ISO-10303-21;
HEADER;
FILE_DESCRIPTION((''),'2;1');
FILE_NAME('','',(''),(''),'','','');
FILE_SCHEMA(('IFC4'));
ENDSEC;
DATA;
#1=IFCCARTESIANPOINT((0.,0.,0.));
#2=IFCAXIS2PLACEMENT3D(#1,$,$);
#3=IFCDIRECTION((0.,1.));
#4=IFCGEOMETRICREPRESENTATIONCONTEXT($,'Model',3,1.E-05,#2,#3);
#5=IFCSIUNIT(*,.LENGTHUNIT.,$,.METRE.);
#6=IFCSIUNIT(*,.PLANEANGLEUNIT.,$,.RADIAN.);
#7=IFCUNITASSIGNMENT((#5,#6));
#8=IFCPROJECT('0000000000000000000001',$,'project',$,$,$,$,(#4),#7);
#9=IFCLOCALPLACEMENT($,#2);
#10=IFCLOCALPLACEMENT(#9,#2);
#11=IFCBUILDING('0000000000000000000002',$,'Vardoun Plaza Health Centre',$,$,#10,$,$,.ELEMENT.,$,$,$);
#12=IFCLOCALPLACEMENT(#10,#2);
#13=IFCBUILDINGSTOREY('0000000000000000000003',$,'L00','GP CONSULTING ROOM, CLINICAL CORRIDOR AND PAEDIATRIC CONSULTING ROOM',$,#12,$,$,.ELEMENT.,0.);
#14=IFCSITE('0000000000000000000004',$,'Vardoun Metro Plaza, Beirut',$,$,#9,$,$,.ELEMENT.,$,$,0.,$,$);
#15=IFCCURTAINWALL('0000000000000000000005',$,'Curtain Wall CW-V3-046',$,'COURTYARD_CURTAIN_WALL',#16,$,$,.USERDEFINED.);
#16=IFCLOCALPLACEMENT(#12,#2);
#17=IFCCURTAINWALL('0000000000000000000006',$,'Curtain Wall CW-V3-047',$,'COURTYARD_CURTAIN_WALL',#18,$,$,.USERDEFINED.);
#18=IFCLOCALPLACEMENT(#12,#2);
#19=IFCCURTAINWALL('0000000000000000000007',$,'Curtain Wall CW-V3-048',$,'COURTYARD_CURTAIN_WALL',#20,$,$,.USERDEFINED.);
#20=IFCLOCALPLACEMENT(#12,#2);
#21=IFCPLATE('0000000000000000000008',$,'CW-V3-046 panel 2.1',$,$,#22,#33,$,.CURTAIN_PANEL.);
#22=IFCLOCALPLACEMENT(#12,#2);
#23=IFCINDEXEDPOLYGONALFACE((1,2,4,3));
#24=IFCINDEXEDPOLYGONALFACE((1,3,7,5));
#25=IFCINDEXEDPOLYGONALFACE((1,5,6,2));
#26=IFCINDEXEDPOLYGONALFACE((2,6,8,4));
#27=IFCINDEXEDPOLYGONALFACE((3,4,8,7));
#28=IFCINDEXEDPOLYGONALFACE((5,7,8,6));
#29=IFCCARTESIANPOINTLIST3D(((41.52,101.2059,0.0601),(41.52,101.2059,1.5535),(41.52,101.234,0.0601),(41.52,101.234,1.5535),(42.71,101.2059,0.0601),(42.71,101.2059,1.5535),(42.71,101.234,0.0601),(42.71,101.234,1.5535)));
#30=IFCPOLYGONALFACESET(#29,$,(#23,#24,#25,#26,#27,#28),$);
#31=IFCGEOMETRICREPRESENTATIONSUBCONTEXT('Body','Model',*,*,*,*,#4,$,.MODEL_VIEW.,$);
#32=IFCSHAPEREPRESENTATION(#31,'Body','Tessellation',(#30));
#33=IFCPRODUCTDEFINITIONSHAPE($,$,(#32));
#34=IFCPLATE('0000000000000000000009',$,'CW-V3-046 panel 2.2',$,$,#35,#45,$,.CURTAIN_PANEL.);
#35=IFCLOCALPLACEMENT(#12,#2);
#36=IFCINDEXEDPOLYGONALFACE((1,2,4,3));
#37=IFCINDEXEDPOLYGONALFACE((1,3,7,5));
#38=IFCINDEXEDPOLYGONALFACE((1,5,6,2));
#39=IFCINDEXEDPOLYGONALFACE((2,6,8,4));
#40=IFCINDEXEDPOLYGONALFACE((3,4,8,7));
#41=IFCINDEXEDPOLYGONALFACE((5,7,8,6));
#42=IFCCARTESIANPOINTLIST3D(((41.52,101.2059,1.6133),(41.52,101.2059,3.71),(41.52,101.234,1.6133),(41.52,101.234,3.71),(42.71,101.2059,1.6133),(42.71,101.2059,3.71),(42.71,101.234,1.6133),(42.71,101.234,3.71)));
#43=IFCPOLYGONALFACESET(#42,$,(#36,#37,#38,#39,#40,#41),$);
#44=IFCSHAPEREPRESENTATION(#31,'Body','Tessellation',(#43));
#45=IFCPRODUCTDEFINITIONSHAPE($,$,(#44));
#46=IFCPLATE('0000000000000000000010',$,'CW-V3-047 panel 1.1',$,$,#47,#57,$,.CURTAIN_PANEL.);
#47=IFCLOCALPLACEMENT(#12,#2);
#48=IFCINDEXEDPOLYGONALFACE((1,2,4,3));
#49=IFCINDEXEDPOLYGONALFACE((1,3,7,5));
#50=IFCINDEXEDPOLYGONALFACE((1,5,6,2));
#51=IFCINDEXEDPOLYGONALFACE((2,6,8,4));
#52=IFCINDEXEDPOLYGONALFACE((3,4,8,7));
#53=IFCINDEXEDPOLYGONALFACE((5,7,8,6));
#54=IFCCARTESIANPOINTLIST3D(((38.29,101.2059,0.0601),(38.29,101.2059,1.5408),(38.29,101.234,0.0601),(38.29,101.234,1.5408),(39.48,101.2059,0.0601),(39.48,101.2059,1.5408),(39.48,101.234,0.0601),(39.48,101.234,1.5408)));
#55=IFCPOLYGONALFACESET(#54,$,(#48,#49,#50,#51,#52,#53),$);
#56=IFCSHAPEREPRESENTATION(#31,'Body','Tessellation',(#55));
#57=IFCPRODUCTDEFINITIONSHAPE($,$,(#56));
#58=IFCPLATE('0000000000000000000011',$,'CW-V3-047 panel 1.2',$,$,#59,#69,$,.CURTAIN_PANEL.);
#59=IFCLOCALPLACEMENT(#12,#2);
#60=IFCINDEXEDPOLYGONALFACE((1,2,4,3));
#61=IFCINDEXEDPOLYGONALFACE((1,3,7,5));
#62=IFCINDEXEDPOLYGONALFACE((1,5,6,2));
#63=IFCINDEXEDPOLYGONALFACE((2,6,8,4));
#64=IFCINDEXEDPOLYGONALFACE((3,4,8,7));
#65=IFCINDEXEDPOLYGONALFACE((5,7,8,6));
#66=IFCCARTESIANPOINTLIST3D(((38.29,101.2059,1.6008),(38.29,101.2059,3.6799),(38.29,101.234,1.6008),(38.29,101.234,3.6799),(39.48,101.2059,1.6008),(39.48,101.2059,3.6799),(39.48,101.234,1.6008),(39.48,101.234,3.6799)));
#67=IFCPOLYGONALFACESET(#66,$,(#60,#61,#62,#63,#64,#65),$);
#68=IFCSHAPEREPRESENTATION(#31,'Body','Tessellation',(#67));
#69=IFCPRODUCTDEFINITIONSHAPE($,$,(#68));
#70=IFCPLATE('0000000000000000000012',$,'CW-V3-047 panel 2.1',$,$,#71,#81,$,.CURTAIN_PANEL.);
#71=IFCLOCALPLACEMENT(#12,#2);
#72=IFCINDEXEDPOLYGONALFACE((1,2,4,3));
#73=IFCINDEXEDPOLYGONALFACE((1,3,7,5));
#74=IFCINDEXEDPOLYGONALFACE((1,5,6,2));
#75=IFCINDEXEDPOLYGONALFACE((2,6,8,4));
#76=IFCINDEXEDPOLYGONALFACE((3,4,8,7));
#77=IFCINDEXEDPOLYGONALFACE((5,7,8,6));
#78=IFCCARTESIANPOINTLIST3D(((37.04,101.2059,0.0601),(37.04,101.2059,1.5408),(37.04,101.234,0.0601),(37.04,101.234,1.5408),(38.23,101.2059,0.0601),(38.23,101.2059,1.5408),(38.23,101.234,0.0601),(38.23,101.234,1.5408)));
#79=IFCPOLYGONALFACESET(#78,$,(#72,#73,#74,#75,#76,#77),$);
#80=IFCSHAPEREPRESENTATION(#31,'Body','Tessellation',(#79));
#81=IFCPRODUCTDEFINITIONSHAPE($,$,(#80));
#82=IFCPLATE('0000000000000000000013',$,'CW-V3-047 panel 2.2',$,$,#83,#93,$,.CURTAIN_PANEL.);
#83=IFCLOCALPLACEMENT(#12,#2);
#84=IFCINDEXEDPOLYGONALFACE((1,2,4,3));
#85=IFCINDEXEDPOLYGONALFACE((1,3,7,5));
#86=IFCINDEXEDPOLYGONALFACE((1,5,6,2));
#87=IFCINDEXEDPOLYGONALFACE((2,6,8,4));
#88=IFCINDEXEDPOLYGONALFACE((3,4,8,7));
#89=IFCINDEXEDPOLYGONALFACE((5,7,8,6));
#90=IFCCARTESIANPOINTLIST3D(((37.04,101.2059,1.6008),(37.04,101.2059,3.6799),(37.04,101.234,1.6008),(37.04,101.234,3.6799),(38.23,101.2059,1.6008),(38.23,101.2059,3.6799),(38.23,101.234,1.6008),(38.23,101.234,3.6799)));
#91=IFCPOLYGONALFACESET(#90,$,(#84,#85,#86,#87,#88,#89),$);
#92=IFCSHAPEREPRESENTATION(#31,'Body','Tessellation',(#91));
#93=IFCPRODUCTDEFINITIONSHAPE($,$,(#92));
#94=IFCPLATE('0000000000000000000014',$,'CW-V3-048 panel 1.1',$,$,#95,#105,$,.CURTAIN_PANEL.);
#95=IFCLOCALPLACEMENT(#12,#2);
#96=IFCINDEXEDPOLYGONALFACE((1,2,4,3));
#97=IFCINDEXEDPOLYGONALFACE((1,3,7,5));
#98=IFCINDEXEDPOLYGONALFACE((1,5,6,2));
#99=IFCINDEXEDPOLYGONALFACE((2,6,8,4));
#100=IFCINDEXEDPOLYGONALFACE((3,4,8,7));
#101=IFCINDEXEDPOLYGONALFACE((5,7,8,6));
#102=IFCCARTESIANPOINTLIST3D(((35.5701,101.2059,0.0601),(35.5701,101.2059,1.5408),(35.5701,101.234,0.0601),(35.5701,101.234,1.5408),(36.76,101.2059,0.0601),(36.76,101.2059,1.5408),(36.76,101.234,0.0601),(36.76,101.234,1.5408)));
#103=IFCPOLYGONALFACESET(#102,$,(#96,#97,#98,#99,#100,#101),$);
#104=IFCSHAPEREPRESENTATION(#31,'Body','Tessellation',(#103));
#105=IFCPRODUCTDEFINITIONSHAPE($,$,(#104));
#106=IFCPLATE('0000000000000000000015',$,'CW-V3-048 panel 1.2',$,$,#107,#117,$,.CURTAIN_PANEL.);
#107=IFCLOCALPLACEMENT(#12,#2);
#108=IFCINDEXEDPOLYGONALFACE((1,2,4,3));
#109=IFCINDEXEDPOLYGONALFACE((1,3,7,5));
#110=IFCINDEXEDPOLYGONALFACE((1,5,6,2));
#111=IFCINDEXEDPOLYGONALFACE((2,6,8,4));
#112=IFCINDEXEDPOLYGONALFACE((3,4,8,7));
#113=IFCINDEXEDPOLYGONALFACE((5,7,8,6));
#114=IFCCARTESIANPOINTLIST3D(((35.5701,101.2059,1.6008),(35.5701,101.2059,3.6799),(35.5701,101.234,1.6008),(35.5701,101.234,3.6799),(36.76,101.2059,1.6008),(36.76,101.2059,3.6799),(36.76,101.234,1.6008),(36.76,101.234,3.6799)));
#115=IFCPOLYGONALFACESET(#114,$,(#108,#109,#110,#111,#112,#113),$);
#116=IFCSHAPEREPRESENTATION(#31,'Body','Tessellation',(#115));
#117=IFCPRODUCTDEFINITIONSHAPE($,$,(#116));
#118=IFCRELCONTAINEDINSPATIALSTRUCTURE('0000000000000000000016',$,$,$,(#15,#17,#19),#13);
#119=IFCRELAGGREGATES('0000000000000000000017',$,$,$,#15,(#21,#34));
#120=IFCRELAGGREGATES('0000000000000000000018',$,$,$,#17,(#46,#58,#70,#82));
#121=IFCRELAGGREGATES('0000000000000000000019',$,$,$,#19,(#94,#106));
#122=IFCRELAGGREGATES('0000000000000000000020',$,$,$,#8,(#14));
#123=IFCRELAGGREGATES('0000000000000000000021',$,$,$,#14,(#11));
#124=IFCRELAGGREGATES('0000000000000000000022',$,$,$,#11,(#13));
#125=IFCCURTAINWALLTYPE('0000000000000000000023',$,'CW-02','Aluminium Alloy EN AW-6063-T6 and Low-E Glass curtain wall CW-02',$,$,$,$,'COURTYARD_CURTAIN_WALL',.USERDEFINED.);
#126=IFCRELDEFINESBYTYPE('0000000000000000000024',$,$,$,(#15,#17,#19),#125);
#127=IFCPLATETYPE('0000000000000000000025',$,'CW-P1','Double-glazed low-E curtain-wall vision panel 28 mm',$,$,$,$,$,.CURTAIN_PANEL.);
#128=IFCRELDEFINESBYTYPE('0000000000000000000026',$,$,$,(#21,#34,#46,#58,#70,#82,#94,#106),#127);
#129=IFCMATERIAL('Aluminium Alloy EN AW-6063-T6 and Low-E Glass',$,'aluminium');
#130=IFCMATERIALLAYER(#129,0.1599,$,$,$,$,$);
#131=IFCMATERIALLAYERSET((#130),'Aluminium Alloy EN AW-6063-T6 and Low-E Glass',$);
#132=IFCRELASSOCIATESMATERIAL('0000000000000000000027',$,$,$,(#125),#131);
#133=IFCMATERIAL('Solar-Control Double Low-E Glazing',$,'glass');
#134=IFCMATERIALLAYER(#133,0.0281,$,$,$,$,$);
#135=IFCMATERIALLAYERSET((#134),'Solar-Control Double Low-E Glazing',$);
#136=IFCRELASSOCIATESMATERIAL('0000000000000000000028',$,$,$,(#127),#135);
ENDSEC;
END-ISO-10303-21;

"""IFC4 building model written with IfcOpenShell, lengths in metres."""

from ifc_helpers import new_model, si_unit, direction, frame, origin, origin_2d, place, context, subcontext, project, spatial, rectangle, extrude, material, layer, layer_set, type_object, element, aggregate, save


model = new_model("IFC4")

# Units and contexts
model_context = context("Model", 3, precision=1e-05, world=origin(), true_north=direction((0.0, 1.0)))
body_context = subcontext(model_context, "Body", "Model", "MODEL_VIEW")
ifc_project = project(units=[si_unit("LENGTHUNIT", "METRE"), si_unit("PLANEANGLEUNIT", "RADIAN")], contexts=[model_context])

# Site, building, storey
site_placement = place(None, origin())
site = spatial("IfcSite", under=ifc_project, at=site_placement, Name="Vardoun Metro Plaza, Beirut", CompositionType="ELEMENT", RefElevation=0.0)
building_placement = place(site_placement, origin())
building = spatial("IfcBuilding", under=site, at=building_placement, Name="Vardoun Plaza Health Centre", CompositionType="ELEMENT")
storey_placement = place(building_placement, origin())
storey = spatial("IfcBuildingStorey", under=building, at=storey_placement, Name="L00", Description="GP CONSULTING ROOM, CLINICAL CORRIDOR AND PAEDIATRIC CONSULTING ROOM", CompositionType="ELEMENT", Elevation=0.0)

# Shared definitions
ifc_material_1 = material(Name="Aluminium Alloy EN AW-6063-T6 and Low-E Glass", Category="aluminium")
ifc_layer_1 = layer(ifc_material_1, 0.1599)
ifc_layer_set_1 = layer_set([ifc_layer_1], Name="Aluminium Alloy EN AW-6063-T6 and Low-E Glass")
curtain_wall_type = type_object("IfcCurtainWallType", Name="CW-02", Description="Aluminium Alloy EN AW-6063-T6 and Low-E Glass curtain wall CW-02", ElementType="COURTYARD_CURTAIN_WALL", PredefinedType="USERDEFINED", material=ifc_layer_set_1)

# Curtain walls
curtain_wall_1_placement = place(storey_placement, origin())
curtain_wall_1 = element("IfcCurtainWall", 1, at=curtain_wall_1_placement, inside=storey, type_object=curtain_wall_type, Name="Curtain Wall CW-V3-046", ObjectType="COURTYARD_CURTAIN_WALL", PredefinedType="USERDEFINED")
curtain_wall_2_placement = place(storey_placement, origin())
curtain_wall_2 = element("IfcCurtainWall", 2, at=curtain_wall_2_placement, inside=storey, type_object=curtain_wall_type, Name="Curtain Wall CW-V3-047", ObjectType="COURTYARD_CURTAIN_WALL", PredefinedType="USERDEFINED")

# Curtain wall
curtain_wall_3_placement = place(storey_placement, origin())
curtain_wall_3 = element("IfcCurtainWall", 3, at=curtain_wall_3_placement, inside=storey, type_object=curtain_wall_type, Name="Curtain Wall CW-V3-048", ObjectType="COURTYARD_CURTAIN_WALL", PredefinedType="USERDEFINED")

# Plates
ifc_material_2 = material(Name="Solar-Control Double Low-E Glazing", Category="glass")
ifc_layer_2 = layer(ifc_material_2, 0.0281)
ifc_layer_set_2 = layer_set([ifc_layer_2], Name="Solar-Control Double Low-E Glazing")
plate_type = type_object("IfcPlateType", Name="CW-P1", Description="Double-glazed low-E curtain-wall vision panel 28 mm", PredefinedType="CURTAIN_PANEL", material=ifc_layer_set_2)
plate_1_placement = place(storey_placement, frame((42.115, 101.22, 0.0601), z_axis=(0.0, 0.0, 1.0), x_axis=(-1.0, 0.0, 0.0)))
plate_1 = element("IfcPlate", 4, at=plate_1_placement, type_object=plate_type, Name="CW-V3-046 panel 2.1", PredefinedType="CURTAIN_PANEL", context=body_context, shape_type="SweptSolid", body=[
    extrude(rectangle(XDim=1.1899, YDim=0.0281, at=origin_2d()), origin(), (0.0, 0.0, 1.0), 1.4934),
])
plate_2_placement = place(storey_placement, frame((42.115, 101.22, 1.6133), z_axis=(0.0, 0.0, 1.0), x_axis=(-1.0, 0.0, 0.0)))
plate_2 = element("IfcPlate", 5, at=plate_2_placement, type_object=plate_type, Name="CW-V3-046 panel 2.2", PredefinedType="CURTAIN_PANEL", context=body_context, shape_type="SweptSolid", body=[
    extrude(rectangle(XDim=1.1899, YDim=0.0281, at=origin_2d()), origin(), (0.0, 0.0, 1.0), 2.0967),
])
aggregate(curtain_wall_1, [plate_1, plate_2])
plate_3_placement = place(storey_placement, frame((38.885, 101.22, 0.0601), z_axis=(0.0, 0.0, 1.0), x_axis=(-1.0, 0.0, 0.0)))
plate_3 = element("IfcPlate", 6, at=plate_3_placement, type_object=plate_type, Name="CW-V3-047 panel 1.1", PredefinedType="CURTAIN_PANEL", context=body_context, shape_type="SweptSolid", body=[
    extrude(rectangle(XDim=1.1899, YDim=0.0281, at=origin_2d()), origin(), (0.0, 0.0, 1.0), 1.4807),
])
plate_4_placement = place(storey_placement, frame((38.885, 101.22, 1.6008), z_axis=(0.0, 0.0, 1.0), x_axis=(-1.0, 0.0, 0.0)))
plate_4 = element("IfcPlate", 7, at=plate_4_placement, type_object=plate_type, Name="CW-V3-047 panel 1.2", PredefinedType="CURTAIN_PANEL", context=body_context, shape_type="SweptSolid", body=[
    extrude(rectangle(XDim=1.1899, YDim=0.0281, at=origin_2d()), origin(), (0.0, 0.0, 1.0), 2.0791),
])
plate_5_placement = place(storey_placement, frame((37.635, 101.22, 0.0601), z_axis=(0.0, 0.0, 1.0), x_axis=(-1.0, 0.0, 0.0)))
plate_5 = element("IfcPlate", 8, at=plate_5_placement, type_object=plate_type, Name="CW-V3-047 panel 2.1", PredefinedType="CURTAIN_PANEL", context=body_context, shape_type="SweptSolid", body=[
    extrude(rectangle(XDim=1.1899, YDim=0.0281, at=origin_2d()), origin(), (0.0, 0.0, 1.0), 1.4807),
])
plate_6_placement = place(storey_placement, frame((37.635, 101.22, 1.6008), z_axis=(0.0, 0.0, 1.0), x_axis=(-1.0, 0.0, 0.0)))
plate_6 = element("IfcPlate", 9, at=plate_6_placement, type_object=plate_type, Name="CW-V3-047 panel 2.2", PredefinedType="CURTAIN_PANEL", context=body_context, shape_type="SweptSolid", body=[
    extrude(rectangle(XDim=1.1899, YDim=0.0281, at=origin_2d()), origin(), (0.0, 0.0, 1.0), 2.0791),
])
aggregate(curtain_wall_2, [plate_3, plate_4, plate_5, plate_6])
plate_7_placement = place(storey_placement, frame((36.165, 101.22, 0.0601), z_axis=(0.0, 0.0, 1.0), x_axis=(-1.0, 0.0, 0.0)))
plate_7 = element("IfcPlate", 10, at=plate_7_placement, type_object=plate_type, Name="CW-V3-048 panel 1.1", PredefinedType="CURTAIN_PANEL", context=body_context, shape_type="SweptSolid", body=[
    extrude(rectangle(XDim=1.1899, YDim=0.0281, at=origin_2d()), origin(), (0.0, 0.0, 1.0), 1.4807),
])
plate_8_placement = place(storey_placement, frame((36.165, 101.22, 1.6008), z_axis=(0.0, 0.0, 1.0), x_axis=(-1.0, 0.0, 0.0)))
plate_8 = element("IfcPlate", 11, at=plate_8_placement, type_object=plate_type, Name="CW-V3-048 panel 1.2", PredefinedType="CURTAIN_PANEL", context=body_context, shape_type="SweptSolid", body=[
    extrude(rectangle(XDim=1.1899, YDim=0.0281, at=origin_2d()), origin(), (0.0, 0.0, 1.0), 2.0791),
])
aggregate(curtain_wall_3, [plate_7, plate_8])

save(model, "model.ifc")
